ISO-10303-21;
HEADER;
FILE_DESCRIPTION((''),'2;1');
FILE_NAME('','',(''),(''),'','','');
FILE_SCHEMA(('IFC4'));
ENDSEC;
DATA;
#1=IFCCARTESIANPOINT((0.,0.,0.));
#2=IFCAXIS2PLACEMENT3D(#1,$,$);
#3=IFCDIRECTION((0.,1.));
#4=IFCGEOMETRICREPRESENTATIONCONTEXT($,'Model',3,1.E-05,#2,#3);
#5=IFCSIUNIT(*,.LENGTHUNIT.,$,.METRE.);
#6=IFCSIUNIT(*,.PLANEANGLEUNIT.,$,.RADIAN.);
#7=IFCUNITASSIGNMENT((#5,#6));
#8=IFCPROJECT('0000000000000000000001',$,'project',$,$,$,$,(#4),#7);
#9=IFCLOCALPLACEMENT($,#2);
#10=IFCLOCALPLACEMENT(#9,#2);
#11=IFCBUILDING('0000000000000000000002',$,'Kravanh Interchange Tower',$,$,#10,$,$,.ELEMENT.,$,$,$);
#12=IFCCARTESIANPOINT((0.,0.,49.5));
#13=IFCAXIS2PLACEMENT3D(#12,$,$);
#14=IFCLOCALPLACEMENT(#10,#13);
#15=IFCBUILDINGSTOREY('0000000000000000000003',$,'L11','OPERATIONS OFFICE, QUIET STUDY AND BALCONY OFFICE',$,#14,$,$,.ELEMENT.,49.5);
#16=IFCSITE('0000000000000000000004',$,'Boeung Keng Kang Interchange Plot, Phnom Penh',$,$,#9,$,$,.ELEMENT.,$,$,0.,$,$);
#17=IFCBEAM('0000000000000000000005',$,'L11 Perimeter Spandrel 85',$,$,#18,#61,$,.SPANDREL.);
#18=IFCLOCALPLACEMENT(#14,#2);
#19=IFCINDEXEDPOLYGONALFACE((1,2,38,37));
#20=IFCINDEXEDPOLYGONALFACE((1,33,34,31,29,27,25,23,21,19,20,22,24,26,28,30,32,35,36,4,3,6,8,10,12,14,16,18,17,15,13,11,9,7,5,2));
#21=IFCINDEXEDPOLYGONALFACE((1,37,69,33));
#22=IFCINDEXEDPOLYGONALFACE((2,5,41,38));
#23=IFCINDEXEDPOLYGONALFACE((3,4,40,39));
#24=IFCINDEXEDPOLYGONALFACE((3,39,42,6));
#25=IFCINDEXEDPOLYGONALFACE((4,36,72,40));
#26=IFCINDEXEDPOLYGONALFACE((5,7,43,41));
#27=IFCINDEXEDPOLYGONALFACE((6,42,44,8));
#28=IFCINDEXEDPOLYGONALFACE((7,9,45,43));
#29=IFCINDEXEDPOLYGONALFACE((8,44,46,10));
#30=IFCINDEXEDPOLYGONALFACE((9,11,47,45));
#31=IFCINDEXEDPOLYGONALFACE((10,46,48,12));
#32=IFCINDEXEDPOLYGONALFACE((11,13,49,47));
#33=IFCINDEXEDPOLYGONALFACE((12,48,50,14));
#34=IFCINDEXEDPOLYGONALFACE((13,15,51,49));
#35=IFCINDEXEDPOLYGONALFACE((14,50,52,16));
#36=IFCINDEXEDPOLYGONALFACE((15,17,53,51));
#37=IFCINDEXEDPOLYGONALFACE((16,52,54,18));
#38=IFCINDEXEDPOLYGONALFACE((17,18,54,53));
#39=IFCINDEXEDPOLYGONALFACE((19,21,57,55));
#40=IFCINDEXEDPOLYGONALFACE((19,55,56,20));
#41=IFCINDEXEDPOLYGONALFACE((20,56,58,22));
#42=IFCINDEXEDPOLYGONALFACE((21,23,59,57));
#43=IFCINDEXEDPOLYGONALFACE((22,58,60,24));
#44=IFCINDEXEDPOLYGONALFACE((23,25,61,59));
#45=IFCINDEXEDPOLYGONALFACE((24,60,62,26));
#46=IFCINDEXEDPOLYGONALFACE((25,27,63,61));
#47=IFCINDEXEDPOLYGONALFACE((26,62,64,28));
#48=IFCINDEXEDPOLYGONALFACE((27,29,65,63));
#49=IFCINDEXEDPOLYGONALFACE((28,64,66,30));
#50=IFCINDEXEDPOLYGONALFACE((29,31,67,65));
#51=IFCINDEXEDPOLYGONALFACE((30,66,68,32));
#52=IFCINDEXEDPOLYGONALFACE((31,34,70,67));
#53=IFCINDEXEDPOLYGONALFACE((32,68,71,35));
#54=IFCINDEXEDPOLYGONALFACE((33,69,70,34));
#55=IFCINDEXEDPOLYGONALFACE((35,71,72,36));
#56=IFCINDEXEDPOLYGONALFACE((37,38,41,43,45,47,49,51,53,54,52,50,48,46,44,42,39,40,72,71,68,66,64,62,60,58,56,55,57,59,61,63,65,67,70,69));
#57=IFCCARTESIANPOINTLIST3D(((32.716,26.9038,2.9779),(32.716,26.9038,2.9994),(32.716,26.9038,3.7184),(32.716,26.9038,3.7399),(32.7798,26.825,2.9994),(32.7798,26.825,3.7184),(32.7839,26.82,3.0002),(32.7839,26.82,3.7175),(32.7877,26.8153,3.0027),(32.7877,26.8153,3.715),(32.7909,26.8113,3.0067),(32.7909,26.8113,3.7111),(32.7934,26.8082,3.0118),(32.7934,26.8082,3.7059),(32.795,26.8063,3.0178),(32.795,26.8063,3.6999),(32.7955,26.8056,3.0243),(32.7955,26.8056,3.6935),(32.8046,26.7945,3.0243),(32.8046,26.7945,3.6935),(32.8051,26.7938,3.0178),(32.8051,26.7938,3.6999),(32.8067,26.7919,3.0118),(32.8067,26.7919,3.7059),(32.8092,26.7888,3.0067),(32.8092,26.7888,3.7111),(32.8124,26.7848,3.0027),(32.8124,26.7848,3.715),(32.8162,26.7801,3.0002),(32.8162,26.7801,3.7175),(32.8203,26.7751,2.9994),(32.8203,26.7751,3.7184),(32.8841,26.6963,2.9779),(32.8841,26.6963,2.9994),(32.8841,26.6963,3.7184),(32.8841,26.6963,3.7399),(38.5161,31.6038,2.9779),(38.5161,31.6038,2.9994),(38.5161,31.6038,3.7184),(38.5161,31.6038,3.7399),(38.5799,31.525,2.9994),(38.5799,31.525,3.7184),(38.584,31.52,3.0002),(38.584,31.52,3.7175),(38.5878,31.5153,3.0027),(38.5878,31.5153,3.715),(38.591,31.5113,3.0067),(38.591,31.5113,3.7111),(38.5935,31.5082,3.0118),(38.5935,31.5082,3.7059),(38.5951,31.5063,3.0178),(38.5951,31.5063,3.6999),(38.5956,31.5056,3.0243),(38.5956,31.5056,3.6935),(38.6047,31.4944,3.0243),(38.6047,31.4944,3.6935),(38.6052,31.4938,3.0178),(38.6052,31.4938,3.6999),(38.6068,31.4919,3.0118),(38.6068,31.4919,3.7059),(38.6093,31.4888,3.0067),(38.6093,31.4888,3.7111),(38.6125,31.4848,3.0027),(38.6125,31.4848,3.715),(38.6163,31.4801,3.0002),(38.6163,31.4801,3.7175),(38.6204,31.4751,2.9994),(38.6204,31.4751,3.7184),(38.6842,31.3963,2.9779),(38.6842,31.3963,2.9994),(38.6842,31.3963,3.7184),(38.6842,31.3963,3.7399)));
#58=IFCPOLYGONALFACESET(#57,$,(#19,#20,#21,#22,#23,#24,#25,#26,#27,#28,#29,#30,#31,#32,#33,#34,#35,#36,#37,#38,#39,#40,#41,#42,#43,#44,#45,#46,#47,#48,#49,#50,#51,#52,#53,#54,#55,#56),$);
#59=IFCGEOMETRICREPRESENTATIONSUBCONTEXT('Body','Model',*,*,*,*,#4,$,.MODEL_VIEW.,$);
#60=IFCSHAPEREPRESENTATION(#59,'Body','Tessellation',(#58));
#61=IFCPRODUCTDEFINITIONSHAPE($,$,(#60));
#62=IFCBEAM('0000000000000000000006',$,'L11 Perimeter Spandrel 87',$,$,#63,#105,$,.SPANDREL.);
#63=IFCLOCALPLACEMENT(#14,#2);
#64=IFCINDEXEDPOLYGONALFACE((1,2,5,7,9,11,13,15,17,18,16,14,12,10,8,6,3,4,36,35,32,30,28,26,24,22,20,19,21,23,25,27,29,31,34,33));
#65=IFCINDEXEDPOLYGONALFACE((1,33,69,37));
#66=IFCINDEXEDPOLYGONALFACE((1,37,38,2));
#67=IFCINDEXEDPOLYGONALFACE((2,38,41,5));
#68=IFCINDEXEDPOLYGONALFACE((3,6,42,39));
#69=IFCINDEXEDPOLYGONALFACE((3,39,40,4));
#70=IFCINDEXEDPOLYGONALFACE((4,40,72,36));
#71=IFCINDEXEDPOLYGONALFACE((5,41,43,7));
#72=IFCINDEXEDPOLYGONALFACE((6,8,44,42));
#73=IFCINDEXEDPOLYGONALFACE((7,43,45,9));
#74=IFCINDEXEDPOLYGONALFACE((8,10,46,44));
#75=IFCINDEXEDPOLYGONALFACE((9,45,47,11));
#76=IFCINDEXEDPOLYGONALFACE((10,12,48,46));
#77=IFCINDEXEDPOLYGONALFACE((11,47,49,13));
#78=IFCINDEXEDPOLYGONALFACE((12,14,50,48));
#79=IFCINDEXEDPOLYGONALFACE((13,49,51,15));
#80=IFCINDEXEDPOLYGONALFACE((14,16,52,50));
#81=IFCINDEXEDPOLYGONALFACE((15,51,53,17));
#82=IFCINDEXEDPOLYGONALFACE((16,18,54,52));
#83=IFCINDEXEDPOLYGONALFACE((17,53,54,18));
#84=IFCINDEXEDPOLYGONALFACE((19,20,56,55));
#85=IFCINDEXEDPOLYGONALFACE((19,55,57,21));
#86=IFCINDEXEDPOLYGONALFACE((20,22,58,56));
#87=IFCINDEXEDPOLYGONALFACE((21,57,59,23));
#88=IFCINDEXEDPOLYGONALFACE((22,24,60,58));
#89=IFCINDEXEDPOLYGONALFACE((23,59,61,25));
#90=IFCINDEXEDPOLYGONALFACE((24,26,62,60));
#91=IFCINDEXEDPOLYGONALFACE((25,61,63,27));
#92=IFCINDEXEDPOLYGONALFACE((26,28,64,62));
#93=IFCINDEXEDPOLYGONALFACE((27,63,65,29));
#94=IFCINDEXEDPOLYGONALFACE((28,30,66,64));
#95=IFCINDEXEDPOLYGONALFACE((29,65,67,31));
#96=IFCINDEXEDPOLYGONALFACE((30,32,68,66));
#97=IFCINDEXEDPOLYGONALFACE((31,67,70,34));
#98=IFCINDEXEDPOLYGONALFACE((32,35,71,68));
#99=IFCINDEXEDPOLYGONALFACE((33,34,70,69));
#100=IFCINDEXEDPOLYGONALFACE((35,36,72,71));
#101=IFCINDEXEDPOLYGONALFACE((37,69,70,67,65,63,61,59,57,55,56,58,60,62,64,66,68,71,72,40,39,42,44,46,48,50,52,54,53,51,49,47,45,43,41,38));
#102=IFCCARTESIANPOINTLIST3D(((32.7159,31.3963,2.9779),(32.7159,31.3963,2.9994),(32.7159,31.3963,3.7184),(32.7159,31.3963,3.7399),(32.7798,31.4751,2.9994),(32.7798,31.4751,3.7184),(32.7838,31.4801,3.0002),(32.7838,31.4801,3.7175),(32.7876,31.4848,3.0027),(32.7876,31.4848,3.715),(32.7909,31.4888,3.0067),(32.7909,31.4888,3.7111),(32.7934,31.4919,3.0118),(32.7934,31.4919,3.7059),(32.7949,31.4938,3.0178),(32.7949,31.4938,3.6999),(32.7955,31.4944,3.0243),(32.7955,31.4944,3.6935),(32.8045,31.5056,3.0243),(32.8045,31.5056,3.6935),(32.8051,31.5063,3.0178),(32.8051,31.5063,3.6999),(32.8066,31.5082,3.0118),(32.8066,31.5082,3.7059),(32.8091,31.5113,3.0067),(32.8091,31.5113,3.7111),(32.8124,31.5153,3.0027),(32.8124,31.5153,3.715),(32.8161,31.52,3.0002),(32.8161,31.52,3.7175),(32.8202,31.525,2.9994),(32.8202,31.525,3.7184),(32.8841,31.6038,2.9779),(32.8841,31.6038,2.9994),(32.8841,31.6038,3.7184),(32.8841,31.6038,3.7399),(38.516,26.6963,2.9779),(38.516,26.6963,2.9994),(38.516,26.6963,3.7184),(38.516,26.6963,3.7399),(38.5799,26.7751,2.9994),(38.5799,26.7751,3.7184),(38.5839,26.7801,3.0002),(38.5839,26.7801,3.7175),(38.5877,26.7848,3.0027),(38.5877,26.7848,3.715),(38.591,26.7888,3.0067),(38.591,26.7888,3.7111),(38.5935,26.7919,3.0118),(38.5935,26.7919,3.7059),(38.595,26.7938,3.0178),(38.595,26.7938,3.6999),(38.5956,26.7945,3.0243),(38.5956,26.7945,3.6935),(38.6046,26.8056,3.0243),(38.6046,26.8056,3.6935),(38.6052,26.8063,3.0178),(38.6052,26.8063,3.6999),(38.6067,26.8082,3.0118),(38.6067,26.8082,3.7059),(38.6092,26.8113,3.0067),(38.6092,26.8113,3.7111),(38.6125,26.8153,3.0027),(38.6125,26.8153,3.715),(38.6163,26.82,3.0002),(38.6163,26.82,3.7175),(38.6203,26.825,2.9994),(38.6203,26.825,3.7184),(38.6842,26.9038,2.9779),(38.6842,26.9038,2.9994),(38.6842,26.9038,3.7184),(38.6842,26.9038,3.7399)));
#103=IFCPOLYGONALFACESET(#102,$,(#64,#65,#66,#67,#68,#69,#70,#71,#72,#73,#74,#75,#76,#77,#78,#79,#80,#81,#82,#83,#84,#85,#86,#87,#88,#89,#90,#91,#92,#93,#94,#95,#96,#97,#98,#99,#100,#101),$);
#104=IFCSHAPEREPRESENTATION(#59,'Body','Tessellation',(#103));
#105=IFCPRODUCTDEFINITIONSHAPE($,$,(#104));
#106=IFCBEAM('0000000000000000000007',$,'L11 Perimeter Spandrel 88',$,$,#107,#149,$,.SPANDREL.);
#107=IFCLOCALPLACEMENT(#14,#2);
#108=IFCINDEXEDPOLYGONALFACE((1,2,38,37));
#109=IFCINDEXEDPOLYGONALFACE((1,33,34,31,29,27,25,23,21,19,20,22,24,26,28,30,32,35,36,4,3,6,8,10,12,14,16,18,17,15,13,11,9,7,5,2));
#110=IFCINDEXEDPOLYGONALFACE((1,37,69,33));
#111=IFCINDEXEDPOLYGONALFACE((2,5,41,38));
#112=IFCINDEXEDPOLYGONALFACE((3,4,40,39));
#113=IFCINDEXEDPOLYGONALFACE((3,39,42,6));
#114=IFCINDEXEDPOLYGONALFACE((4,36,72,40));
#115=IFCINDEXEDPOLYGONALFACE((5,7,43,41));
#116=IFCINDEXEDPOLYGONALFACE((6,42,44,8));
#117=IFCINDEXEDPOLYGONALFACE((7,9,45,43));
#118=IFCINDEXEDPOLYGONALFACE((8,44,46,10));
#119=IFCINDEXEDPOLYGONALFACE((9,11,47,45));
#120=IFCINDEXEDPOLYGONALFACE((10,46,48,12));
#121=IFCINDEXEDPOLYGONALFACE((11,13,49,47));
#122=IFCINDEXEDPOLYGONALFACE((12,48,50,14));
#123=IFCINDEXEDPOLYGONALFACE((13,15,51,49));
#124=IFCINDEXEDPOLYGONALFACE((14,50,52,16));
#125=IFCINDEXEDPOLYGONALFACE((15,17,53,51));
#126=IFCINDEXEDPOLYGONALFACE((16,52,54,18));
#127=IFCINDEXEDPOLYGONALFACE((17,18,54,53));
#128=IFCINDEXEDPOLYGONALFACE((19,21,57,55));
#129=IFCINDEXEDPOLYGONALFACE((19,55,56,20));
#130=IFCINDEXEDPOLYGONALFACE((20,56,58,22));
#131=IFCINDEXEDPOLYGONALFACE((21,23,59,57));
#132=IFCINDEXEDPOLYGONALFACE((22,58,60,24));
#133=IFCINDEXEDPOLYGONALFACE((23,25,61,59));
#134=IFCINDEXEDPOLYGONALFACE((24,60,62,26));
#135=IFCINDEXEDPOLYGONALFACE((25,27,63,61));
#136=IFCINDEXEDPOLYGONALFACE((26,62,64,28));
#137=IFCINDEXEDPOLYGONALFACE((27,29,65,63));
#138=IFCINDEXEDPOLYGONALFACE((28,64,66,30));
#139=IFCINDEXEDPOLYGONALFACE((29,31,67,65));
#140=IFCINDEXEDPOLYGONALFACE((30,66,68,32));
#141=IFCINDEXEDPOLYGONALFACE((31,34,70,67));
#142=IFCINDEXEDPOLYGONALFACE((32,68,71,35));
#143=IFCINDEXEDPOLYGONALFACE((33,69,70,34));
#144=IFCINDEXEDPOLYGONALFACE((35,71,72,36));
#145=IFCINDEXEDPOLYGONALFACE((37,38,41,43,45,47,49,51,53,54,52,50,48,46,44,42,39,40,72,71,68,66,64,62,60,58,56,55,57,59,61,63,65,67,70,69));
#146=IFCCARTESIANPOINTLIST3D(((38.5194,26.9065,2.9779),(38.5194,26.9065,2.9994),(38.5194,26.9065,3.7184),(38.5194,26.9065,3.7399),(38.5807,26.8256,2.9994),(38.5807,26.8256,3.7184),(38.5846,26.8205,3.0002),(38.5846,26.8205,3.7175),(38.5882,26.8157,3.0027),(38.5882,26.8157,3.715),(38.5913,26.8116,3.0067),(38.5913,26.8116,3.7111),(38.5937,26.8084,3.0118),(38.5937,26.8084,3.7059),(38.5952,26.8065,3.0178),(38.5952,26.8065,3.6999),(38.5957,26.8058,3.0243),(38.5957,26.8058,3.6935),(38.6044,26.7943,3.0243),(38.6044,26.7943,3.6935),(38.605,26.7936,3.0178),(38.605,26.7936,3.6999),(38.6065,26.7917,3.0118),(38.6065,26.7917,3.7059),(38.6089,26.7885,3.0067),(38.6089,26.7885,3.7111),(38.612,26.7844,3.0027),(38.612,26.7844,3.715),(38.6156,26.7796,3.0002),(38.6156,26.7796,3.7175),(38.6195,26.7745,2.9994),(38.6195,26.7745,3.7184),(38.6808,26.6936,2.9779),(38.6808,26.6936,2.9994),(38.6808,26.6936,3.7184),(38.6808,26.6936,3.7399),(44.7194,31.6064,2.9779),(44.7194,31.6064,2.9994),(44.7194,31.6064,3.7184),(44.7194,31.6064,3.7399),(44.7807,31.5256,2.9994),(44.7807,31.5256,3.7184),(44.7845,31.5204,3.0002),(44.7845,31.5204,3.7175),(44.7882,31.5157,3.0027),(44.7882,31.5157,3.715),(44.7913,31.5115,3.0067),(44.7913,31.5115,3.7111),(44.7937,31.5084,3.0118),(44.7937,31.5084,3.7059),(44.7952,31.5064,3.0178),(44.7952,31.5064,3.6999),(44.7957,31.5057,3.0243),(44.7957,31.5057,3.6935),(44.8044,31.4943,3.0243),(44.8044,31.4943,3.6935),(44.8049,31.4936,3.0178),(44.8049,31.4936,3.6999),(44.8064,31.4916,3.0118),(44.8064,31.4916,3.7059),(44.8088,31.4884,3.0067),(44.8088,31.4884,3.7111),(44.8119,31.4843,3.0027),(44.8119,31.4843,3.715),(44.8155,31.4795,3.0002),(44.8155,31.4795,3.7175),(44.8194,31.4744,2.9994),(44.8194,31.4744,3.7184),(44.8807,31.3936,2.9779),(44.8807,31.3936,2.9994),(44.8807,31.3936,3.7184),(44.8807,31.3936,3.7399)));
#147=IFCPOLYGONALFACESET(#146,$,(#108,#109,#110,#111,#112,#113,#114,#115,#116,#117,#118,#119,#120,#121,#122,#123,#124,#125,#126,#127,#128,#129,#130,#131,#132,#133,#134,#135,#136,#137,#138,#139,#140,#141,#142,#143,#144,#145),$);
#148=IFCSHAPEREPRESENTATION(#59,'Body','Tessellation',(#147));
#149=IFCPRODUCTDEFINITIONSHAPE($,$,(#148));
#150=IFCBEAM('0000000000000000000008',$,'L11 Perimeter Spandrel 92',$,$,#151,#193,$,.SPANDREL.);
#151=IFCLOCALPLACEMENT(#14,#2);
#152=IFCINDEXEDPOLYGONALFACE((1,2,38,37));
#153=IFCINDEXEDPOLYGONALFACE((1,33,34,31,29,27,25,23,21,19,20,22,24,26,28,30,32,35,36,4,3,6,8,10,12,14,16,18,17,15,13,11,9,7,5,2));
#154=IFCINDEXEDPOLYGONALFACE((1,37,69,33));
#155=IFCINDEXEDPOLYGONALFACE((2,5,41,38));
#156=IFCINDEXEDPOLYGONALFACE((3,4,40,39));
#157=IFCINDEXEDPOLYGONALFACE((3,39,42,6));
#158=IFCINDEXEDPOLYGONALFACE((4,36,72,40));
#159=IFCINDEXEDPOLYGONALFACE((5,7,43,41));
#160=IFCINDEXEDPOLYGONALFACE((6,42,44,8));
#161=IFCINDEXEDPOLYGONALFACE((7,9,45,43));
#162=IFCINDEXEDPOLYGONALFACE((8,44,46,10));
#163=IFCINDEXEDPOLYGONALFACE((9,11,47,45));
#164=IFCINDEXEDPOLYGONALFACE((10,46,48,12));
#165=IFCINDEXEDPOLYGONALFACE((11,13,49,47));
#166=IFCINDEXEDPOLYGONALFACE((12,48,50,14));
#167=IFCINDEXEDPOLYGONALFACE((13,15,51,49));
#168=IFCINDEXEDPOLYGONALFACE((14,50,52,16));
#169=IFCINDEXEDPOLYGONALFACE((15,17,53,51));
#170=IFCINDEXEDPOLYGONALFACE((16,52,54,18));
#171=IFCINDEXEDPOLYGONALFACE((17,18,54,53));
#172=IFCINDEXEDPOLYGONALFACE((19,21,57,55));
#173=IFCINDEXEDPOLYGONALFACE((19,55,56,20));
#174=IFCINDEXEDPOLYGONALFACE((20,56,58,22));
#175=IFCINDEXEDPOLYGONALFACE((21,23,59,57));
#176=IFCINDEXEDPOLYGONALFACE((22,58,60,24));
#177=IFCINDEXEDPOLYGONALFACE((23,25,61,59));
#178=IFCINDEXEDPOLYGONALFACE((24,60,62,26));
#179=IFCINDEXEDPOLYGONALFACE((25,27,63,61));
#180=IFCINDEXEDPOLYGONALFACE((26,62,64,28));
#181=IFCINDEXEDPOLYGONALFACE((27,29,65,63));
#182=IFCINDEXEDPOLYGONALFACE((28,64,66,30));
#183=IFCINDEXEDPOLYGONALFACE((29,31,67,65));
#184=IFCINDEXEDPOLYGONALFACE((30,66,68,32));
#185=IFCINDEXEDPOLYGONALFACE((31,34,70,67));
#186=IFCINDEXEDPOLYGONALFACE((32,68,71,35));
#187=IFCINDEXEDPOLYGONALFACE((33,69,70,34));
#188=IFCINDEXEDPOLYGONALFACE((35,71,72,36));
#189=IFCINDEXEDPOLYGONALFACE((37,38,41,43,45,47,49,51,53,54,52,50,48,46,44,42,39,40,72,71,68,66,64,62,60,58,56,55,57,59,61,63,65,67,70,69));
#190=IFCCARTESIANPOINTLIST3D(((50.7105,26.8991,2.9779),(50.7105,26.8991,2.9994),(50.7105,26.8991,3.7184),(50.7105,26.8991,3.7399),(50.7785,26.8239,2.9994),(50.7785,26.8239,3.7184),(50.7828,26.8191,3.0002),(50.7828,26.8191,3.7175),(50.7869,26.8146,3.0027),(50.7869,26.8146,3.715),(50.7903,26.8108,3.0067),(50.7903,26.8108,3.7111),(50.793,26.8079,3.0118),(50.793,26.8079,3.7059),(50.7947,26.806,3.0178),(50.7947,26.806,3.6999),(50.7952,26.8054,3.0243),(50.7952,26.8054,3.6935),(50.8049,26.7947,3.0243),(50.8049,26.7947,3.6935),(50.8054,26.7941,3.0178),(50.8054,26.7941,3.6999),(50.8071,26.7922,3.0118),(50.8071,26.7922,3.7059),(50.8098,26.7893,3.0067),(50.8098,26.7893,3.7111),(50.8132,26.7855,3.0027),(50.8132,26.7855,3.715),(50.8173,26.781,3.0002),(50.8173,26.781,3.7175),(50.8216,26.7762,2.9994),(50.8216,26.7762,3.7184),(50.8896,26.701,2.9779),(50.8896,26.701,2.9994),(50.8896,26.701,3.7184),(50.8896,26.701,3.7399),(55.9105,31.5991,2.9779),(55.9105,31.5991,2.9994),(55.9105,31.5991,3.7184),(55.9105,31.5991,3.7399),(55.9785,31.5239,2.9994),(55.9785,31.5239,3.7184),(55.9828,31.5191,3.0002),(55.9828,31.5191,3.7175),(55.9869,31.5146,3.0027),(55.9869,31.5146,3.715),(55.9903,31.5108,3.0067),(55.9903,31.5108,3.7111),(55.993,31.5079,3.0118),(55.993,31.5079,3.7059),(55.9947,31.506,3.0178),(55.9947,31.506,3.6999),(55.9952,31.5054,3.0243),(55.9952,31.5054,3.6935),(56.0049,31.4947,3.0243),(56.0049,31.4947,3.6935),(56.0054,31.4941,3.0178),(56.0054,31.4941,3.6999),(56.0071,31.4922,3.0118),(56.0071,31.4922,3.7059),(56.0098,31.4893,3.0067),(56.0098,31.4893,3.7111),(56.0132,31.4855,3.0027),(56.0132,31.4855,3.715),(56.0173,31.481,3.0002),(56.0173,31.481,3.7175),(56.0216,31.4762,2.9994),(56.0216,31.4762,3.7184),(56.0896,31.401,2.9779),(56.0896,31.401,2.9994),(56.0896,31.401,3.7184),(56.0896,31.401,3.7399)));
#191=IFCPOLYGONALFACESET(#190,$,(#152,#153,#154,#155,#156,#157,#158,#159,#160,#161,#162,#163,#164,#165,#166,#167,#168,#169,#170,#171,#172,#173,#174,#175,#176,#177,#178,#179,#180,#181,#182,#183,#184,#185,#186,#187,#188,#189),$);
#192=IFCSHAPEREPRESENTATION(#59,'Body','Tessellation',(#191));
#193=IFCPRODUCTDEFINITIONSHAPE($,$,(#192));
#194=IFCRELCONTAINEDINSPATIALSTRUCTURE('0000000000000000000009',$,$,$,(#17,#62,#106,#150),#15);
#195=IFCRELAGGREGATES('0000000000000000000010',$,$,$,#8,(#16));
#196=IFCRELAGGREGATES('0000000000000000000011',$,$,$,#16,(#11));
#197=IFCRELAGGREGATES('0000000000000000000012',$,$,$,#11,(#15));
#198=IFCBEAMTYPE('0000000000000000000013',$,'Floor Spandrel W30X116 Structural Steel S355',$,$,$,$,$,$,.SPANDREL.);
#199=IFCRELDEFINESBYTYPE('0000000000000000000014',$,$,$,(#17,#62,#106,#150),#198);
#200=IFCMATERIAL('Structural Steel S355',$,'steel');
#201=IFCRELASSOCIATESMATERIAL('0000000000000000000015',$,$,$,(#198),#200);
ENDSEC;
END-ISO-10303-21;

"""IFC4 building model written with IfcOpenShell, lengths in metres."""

from ifc_helpers import new_model, si_unit, direction, frame, origin, origin_2d, place, context, subcontext, project, spatial, i_section, extrude, material, material_profile, profile_set, type_object, element, save


model = new_model("IFC4")

# Units and contexts
model_context = context("Model", 3, precision=1e-05, world=origin(), true_north=direction((0.0, 1.0)))
body_context = subcontext(model_context, "Body", "Model", "MODEL_VIEW")
ifc_project = project(units=[si_unit("LENGTHUNIT", "METRE"), si_unit("PLANEANGLEUNIT", "RADIAN")], contexts=[model_context])

# Site, building, storey
site_placement = place(None, origin())
site = spatial("IfcSite", under=ifc_project, at=site_placement, Name="Boeung Keng Kang Interchange Plot, Phnom Penh", CompositionType="ELEMENT", RefElevation=0.0)
building_placement = place(site_placement, origin())
building = spatial("IfcBuilding", under=site, at=building_placement, Name="Kravanh Interchange Tower", CompositionType="ELEMENT")
storey_placement = place(building_placement, frame((0.0, 0.0, 49.5)))
storey = spatial("IfcBuildingStorey", under=building, at=storey_placement, Name="L11", Description="OPERATIONS OFFICE, QUIET STUDY AND BALCONY OFFICE", CompositionType="ELEMENT", Elevation=49.5)

# Beams
ifc_material_1 = material(Name="Structural Steel S355", Category="steel")
ifc_material_profile_1 = material_profile(ifc_material_1, i_section(OverallWidth=0.2671, OverallDepth=0.762, WebThickness=0.0144, FlangeThickness=0.0215, FilletRadius=0.0249, at=origin_2d()), Name="W30X116")
ifc_profile_set_1 = profile_set([ifc_material_profile_1], Name="Structural Steel S355")
beam_type_1 = type_object("IfcBeamType", Name="Floor Spandrel W30X116 Structural Steel S355", PredefinedType="SPANDREL", material=ifc_profile_set_1)
for number, where, z_axis, x_axis, name in (
    (1, (32.8, 26.8, 3.3589), (0.776939, 0.629576, 0.0), (-0.629576, 0.776939, 0.0), "L11 Perimeter Spandrel 85"),
    (2, (38.6001, 26.8, 3.3589), (-0.776939, 0.629576, 0.0), (-0.629576, -0.776939, 0.0), "L11 Perimeter Spandrel 87"),
):
    element("IfcBeam", number, at=place(storey_placement, frame(where, z_axis=z_axis, x_axis=x_axis)), inside=storey, type_object=beam_type_1, Name=name, PredefinedType="SPANDREL", context=body_context, shape_type="SweptSolid", body=[
        extrude(i_section(OverallWidth=0.2671, OverallDepth=0.762, WebThickness=0.0144, FlangeThickness=0.0215, FilletRadius=0.0249, at=origin_2d()), origin(), (0.0, 0.0, 1.0), 7.4653),
    ])
beam_1_placement = place(storey_placement, frame((38.6001, 26.8, 3.3589), z_axis=(0.796905, 0.604104, 0.0), x_axis=(-0.604104, 0.796905, 0.0)))
element("IfcBeam", 3, at=beam_1_placement, inside=storey, type_object=beam_type_1, Name="L11 Perimeter Spandrel 88", PredefinedType="SPANDREL", context=body_context, shape_type="SweptSolid", body=[
    extrude(i_section(OverallWidth=0.2671, OverallDepth=0.762, WebThickness=0.0144, FlangeThickness=0.0215, FilletRadius=0.0249, at=origin_2d()), origin(), (0.0, 0.0, 1.0), 7.78),
])
beam_2_placement = place(storey_placement, frame((50.8, 26.8, 3.3589), z_axis=(0.741874, 0.670539, 0.0), x_axis=(-0.670539, 0.741874, 0.0)))
element("IfcBeam", 4, at=beam_2_placement, inside=storey, type_object=beam_type_1, Name="L11 Perimeter Spandrel 92", PredefinedType="SPANDREL", context=body_context, shape_type="SweptSolid", body=[
    extrude(i_section(OverallWidth=0.2671, OverallDepth=0.762, WebThickness=0.0144, FlangeThickness=0.0215, FilletRadius=0.0249, at=origin_2d()), origin(), (0.0, 0.0, 1.0), 7.0093),
])

save(model, "model.ifc")
